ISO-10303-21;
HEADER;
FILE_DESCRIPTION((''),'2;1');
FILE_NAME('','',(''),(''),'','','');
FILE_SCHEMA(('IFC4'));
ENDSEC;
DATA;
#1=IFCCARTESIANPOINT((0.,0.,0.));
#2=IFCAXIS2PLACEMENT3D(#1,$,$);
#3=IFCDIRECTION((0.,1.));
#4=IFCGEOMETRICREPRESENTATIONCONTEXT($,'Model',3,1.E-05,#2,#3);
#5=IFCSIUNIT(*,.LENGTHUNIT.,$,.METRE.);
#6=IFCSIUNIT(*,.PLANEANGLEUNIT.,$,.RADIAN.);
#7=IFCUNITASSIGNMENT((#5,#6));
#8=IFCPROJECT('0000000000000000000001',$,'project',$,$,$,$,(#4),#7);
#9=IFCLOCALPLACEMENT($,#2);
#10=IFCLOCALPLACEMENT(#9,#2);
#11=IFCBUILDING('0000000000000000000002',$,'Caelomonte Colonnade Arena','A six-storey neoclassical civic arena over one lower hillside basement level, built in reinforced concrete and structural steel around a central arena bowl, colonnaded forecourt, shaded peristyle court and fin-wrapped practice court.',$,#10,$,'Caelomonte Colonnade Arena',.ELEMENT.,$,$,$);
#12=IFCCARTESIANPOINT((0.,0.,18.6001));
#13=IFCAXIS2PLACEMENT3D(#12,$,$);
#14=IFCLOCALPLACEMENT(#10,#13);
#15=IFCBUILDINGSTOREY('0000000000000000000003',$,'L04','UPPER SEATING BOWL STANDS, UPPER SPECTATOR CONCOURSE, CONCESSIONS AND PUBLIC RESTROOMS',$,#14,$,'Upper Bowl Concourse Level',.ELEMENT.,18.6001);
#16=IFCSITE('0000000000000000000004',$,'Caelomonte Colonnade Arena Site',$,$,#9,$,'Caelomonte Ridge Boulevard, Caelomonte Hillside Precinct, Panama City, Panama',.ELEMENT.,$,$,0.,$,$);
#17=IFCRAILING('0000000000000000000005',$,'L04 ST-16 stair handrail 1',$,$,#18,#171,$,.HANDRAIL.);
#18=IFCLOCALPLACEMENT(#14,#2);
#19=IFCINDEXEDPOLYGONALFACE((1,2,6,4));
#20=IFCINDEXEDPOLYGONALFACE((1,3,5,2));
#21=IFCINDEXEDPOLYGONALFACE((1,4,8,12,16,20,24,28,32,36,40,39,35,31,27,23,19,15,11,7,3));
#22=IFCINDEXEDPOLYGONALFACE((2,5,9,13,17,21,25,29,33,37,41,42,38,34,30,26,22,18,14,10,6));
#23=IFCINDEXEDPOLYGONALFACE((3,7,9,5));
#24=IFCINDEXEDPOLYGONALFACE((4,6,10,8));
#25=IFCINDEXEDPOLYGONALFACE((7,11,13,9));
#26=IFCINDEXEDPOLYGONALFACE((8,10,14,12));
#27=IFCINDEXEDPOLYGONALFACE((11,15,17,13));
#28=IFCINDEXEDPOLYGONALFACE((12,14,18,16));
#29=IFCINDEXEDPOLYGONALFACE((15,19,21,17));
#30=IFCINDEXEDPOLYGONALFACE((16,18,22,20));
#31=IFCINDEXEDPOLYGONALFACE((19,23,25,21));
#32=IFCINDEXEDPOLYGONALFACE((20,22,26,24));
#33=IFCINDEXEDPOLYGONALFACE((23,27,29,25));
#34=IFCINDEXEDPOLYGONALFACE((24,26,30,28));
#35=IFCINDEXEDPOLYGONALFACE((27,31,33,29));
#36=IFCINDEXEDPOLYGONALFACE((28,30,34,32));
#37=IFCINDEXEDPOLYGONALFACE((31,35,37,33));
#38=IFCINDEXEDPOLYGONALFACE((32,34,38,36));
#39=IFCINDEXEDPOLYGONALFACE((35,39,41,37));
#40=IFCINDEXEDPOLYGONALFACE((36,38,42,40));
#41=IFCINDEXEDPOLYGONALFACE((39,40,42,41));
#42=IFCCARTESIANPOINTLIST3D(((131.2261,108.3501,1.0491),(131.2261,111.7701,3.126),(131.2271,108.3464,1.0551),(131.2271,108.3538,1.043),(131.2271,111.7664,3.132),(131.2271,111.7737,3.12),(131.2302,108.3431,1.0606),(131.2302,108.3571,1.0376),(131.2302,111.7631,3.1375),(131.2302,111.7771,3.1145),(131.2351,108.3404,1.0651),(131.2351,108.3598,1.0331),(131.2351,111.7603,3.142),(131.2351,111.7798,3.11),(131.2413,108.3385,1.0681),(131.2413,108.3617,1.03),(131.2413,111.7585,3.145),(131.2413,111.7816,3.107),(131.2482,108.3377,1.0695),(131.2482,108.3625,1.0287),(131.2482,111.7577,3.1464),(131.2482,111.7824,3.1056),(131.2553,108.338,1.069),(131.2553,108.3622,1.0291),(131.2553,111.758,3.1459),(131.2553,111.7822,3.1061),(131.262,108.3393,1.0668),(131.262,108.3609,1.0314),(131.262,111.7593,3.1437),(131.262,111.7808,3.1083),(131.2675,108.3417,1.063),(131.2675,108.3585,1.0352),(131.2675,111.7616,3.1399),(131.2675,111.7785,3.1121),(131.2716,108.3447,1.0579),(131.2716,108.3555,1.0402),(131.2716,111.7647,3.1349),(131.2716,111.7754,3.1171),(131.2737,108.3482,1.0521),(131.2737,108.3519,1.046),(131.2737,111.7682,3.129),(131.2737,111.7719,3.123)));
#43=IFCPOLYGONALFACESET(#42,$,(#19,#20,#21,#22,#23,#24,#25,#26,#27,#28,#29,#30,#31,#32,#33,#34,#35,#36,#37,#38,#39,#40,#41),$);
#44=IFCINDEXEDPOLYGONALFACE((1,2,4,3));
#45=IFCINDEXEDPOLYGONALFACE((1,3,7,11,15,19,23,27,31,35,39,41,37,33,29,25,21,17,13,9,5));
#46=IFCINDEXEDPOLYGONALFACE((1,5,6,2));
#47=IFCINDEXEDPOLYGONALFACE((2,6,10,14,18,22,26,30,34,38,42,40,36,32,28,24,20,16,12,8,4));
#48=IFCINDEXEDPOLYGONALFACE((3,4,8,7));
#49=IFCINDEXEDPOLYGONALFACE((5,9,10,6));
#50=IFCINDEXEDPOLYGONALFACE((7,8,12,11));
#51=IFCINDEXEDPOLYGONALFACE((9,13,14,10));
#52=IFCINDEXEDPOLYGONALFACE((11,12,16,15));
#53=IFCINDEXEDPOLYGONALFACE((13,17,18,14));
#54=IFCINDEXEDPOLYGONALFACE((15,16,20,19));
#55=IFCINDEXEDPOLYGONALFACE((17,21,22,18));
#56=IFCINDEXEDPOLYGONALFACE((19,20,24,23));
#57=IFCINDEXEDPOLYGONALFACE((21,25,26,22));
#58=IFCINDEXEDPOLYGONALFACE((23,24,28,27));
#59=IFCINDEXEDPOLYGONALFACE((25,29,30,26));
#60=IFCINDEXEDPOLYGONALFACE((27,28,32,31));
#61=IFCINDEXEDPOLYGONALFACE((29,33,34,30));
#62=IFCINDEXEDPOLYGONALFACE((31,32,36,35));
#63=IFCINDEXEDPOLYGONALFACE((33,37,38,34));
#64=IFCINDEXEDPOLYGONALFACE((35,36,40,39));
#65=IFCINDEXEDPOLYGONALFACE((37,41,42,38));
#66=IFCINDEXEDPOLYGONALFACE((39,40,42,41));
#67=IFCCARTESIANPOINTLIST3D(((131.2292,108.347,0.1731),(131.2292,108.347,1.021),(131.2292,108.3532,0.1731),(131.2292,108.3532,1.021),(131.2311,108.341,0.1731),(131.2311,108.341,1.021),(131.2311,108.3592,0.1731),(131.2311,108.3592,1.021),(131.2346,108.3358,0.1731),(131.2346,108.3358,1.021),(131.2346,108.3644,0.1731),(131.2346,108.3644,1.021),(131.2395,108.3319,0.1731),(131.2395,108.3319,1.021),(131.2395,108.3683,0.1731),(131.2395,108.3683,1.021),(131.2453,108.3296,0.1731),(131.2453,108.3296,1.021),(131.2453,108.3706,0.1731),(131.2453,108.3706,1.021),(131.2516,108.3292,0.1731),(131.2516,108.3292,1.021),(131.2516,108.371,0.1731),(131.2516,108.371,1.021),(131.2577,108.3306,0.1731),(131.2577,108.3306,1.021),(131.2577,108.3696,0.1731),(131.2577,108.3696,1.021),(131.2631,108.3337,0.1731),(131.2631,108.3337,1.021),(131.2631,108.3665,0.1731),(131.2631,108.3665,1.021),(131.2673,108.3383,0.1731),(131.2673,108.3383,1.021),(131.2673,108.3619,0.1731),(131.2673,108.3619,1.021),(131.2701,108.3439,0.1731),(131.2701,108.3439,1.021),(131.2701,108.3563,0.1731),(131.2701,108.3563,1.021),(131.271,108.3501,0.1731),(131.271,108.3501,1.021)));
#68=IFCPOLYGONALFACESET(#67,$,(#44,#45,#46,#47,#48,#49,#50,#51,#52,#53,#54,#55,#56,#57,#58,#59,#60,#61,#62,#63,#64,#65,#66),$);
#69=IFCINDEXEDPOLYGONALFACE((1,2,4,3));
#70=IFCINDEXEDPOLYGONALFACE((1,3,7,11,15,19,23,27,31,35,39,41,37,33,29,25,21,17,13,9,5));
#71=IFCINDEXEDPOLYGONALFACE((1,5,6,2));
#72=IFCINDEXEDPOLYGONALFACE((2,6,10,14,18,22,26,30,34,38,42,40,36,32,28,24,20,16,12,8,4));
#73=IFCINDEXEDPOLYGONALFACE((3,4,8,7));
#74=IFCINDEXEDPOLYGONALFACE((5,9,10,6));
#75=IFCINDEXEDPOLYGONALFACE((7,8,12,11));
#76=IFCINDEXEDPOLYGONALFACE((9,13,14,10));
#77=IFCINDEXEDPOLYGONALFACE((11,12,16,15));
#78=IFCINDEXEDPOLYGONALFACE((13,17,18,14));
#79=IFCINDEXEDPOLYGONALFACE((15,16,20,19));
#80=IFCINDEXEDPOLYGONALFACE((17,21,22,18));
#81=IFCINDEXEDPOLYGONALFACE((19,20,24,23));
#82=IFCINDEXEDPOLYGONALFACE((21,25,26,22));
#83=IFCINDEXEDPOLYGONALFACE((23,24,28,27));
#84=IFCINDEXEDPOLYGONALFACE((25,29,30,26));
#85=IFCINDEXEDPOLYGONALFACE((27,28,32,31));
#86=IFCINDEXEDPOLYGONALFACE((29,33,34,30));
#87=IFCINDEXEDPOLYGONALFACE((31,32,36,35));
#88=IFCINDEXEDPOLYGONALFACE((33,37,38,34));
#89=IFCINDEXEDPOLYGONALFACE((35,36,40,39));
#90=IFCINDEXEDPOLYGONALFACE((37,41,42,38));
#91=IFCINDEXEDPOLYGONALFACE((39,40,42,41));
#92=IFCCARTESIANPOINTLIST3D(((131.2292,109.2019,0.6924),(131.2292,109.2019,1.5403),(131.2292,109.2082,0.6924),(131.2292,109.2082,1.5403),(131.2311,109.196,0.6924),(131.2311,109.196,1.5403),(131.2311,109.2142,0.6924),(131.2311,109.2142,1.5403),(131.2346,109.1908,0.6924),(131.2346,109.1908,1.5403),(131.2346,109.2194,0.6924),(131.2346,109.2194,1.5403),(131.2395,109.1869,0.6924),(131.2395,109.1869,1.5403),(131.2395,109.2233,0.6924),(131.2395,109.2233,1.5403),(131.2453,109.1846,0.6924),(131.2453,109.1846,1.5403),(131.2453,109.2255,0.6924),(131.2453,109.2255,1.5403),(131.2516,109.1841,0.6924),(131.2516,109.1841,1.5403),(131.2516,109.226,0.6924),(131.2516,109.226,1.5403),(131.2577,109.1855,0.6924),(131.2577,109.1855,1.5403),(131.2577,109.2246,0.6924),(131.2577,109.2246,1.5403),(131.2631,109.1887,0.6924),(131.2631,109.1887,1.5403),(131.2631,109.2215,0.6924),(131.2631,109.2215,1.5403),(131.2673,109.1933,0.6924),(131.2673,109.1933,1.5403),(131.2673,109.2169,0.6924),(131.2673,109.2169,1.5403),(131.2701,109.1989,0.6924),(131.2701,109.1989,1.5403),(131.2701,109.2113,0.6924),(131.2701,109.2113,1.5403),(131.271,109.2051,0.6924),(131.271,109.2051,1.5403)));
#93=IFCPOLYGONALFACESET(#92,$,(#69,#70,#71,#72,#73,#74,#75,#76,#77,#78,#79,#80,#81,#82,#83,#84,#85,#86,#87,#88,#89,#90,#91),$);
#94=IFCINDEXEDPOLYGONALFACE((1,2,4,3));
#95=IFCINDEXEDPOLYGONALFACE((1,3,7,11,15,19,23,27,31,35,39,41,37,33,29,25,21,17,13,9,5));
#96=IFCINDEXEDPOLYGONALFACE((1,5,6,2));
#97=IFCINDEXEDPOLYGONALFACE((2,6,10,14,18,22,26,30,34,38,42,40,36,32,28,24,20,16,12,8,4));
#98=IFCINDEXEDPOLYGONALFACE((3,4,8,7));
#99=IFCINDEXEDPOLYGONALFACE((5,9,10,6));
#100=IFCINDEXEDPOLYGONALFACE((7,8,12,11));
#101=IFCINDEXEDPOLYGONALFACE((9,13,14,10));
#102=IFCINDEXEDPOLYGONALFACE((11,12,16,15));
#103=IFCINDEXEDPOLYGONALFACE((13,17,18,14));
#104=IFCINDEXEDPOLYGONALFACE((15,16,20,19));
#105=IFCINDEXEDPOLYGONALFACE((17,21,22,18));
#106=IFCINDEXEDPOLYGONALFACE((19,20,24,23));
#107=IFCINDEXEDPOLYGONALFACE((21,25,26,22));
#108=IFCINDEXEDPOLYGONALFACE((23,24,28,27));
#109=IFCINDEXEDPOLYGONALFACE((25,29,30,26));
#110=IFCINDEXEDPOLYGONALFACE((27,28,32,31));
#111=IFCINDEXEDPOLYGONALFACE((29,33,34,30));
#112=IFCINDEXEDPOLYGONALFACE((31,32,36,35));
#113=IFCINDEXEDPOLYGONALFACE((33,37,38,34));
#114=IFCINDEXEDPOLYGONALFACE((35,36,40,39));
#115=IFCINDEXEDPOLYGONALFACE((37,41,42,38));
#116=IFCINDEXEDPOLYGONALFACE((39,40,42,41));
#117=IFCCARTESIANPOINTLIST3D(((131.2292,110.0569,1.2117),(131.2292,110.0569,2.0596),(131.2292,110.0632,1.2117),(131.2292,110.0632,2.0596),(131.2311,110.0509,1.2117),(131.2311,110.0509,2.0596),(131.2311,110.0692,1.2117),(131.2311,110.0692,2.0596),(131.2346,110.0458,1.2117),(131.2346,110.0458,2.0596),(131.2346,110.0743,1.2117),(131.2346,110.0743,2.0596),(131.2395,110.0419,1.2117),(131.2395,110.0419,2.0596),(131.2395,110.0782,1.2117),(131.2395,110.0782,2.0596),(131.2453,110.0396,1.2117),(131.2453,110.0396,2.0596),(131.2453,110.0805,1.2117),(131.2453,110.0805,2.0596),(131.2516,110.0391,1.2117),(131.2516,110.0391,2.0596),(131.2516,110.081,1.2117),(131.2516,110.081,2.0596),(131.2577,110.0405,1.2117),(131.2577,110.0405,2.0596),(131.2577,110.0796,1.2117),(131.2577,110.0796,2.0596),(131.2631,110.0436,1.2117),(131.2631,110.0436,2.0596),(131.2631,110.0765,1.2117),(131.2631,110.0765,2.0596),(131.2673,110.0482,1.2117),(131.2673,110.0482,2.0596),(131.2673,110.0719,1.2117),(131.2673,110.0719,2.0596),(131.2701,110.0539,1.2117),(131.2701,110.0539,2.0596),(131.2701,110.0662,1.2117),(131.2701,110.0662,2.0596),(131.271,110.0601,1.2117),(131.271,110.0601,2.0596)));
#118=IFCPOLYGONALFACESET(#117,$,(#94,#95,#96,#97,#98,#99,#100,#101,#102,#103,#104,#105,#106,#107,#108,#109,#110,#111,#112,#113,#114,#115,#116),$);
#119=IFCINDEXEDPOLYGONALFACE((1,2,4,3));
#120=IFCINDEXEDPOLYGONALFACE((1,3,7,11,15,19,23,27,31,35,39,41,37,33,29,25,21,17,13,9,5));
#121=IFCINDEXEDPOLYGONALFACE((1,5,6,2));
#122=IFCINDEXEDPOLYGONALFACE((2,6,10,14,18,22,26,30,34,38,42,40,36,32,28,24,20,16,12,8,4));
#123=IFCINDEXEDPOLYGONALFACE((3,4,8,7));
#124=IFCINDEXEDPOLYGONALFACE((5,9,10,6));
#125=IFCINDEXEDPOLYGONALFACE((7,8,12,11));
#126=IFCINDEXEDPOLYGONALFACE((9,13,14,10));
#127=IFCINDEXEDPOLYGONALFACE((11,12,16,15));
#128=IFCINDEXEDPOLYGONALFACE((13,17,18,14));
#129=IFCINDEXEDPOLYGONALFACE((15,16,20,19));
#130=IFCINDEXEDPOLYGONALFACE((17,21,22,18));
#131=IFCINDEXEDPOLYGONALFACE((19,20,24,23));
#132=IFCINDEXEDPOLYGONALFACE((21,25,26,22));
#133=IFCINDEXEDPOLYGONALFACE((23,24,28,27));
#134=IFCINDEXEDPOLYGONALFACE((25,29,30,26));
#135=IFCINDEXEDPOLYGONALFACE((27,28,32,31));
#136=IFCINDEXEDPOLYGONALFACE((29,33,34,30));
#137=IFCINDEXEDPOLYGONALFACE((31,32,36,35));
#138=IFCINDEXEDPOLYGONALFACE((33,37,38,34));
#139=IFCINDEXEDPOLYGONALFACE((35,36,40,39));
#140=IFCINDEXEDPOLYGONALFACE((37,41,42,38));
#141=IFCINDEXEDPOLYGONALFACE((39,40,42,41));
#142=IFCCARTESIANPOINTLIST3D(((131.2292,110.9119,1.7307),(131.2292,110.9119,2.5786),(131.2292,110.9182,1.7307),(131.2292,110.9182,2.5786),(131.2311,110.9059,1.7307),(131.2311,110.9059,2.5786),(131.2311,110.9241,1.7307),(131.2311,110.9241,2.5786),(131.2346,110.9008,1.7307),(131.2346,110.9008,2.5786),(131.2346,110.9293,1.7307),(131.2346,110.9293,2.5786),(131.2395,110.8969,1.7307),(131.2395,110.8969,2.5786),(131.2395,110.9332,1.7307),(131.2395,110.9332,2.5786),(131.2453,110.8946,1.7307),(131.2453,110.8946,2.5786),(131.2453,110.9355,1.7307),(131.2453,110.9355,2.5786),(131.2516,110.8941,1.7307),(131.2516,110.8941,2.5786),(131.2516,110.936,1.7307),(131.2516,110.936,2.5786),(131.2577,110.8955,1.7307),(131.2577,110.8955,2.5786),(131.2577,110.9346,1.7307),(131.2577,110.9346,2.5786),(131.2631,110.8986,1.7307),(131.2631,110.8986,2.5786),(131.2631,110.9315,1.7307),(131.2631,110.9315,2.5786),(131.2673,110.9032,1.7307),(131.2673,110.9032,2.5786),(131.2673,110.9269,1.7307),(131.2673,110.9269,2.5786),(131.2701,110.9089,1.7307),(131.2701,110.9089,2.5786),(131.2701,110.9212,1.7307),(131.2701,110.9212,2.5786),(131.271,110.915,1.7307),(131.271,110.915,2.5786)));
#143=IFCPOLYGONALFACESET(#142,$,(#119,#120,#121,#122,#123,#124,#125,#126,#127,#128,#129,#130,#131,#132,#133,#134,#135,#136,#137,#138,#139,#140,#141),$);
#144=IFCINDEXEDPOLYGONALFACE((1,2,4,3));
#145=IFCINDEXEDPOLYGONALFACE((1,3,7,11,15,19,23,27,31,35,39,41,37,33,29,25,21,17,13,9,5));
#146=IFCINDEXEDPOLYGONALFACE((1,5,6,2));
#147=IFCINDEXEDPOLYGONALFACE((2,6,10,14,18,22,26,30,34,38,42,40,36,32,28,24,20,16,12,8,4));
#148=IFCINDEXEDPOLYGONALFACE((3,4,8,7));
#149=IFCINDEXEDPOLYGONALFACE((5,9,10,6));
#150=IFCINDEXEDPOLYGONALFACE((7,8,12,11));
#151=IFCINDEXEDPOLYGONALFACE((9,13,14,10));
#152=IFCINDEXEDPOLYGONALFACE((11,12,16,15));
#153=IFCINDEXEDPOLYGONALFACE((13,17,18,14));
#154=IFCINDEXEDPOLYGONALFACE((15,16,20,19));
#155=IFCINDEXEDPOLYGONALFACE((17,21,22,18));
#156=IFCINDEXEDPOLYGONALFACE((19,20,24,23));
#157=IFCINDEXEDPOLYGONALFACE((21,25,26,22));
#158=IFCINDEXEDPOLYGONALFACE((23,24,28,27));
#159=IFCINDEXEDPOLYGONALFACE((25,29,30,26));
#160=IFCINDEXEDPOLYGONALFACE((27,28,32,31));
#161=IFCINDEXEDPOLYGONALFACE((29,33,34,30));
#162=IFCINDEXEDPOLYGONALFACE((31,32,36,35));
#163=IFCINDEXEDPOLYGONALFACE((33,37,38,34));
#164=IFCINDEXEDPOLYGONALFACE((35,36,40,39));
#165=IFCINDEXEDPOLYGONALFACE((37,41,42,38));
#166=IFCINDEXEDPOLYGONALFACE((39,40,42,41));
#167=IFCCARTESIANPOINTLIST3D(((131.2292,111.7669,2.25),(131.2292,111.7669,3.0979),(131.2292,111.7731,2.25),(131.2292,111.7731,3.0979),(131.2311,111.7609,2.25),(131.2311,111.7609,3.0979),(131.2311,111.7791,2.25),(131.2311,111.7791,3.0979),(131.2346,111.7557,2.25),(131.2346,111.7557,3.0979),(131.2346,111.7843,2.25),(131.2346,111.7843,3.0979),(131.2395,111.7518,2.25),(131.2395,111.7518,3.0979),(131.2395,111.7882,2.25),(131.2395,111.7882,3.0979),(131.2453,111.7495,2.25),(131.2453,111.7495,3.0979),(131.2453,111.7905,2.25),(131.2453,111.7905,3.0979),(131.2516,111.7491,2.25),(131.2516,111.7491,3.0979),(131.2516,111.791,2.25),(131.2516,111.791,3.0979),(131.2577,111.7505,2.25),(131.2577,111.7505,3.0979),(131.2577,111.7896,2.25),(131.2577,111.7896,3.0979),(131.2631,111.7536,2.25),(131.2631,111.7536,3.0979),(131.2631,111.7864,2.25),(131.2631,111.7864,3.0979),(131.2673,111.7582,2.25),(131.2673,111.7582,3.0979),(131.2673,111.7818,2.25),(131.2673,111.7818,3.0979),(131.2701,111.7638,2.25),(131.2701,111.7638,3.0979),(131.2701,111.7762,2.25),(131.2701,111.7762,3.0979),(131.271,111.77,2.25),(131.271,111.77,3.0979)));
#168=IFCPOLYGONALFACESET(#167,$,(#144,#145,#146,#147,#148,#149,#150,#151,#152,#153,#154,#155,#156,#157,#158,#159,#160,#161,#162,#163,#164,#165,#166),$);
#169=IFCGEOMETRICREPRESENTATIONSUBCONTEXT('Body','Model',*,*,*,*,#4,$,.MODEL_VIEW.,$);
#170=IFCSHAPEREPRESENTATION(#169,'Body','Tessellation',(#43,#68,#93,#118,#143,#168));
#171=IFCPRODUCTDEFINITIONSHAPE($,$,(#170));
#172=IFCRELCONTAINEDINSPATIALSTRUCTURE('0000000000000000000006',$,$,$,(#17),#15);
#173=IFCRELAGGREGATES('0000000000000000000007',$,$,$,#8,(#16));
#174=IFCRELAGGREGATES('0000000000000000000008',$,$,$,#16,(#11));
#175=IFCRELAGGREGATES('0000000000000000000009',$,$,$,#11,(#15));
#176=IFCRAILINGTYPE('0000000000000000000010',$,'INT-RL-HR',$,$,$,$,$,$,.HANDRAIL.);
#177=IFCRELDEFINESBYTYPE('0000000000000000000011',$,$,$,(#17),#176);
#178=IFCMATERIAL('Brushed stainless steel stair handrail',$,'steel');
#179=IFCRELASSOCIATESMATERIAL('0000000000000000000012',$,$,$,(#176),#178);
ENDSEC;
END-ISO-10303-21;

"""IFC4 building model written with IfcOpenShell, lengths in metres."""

from ifc_helpers import new_model, si_unit, direction, frame, origin, origin_2d, place, context, subcontext, project, spatial, circle, extrude, material, type_object, element, save


model = new_model("IFC4")

# Units and contexts
model_context = context("Model", 3, precision=1e-05, world=origin(), true_north=direction((0.0, 1.0)))
body_context = subcontext(model_context, "Body", "Model", "MODEL_VIEW")
ifc_project = project(units=[si_unit("LENGTHUNIT", "METRE"), si_unit("PLANEANGLEUNIT", "RADIAN")], contexts=[model_context])

# Site, building, storey
site_placement = place(None, origin())
site = spatial("IfcSite", under=ifc_project, at=site_placement, Name="Caelomonte Colonnade Arena Site", LongName="Caelomonte Ridge Boulevard, Caelomonte Hillside Precinct, Panama City, Panama", CompositionType="ELEMENT", RefElevation=0.0)
building_placement = place(site_placement, origin())
building = spatial("IfcBuilding", under=site, at=building_placement, Name="Caelomonte Colonnade Arena", Description="A six-storey neoclassical civic arena over one lower hillside basement level, built in reinforced concrete and structural steel around a central arena bowl, colonnaded forecourt, shaded peristyle court and fin-wrapped practice court.", LongName="Caelomonte Colonnade Arena", CompositionType="ELEMENT")
storey_placement = place(building_placement, frame((0.0, 0.0, 18.6001)))
storey = spatial("IfcBuildingStorey", under=building, at=storey_placement, Name="L04", Description="UPPER SEATING BOWL STANDS, UPPER SPECTATOR CONCOURSE, CONCESSIONS AND PUBLIC RESTROOMS", LongName="Upper Bowl Concourse Level", CompositionType="ELEMENT", Elevation=18.6001)

# Railing
ifc_material_1 = material(Name="Brushed stainless steel stair handrail", Category="steel")
railing_type_1 = type_object("IfcRailingType", Name="INT-RL-HR", PredefinedType="HANDRAIL", material=ifc_material_1)
railing_1_placement = place(storey_placement, frame((131.25, 108.3501, 0.1731)))
element("IfcRailing", 1, at=railing_1_placement, inside=storey, type_object=railing_type_1, Name="L04 ST-16 stair handrail 1", PredefinedType="HANDRAIL", context=body_context, shape_type="SweptSolid", body=[
    extrude(circle(Radius=0.0239, at=origin_2d()), frame((0.0, 0.0, 0.876), z_axis=(0.0, 0.85473, 0.519074), x_axis=(-1.0, 0.0, 0.0)), (0.0, 0.0, 1.0), 4.0012),
    extrude(circle(Radius=0.021, at=origin_2d()), origin(), (0.0, 0.0, 1.0), 0.8479),
    extrude(circle(Radius=0.021, at=origin_2d()), frame((0.0, 0.855, 0.5193)), (0.0, 0.0, 1.0), 0.8479),
    extrude(circle(Radius=0.021, at=origin_2d()), frame((0.0, 1.71, 1.0386)), (0.0, 0.0, 1.0), 0.8479),
    extrude(circle(Radius=0.021, at=origin_2d()), frame((0.0, 2.5649, 1.5576)), (0.0, 0.0, 1.0), 0.8479),
    extrude(circle(Radius=0.021, at=origin_2d()), frame((0.0, 3.4199, 2.0769)), (0.0, 0.0, 1.0), 0.8479),
])

save(model, "model.ifc")
